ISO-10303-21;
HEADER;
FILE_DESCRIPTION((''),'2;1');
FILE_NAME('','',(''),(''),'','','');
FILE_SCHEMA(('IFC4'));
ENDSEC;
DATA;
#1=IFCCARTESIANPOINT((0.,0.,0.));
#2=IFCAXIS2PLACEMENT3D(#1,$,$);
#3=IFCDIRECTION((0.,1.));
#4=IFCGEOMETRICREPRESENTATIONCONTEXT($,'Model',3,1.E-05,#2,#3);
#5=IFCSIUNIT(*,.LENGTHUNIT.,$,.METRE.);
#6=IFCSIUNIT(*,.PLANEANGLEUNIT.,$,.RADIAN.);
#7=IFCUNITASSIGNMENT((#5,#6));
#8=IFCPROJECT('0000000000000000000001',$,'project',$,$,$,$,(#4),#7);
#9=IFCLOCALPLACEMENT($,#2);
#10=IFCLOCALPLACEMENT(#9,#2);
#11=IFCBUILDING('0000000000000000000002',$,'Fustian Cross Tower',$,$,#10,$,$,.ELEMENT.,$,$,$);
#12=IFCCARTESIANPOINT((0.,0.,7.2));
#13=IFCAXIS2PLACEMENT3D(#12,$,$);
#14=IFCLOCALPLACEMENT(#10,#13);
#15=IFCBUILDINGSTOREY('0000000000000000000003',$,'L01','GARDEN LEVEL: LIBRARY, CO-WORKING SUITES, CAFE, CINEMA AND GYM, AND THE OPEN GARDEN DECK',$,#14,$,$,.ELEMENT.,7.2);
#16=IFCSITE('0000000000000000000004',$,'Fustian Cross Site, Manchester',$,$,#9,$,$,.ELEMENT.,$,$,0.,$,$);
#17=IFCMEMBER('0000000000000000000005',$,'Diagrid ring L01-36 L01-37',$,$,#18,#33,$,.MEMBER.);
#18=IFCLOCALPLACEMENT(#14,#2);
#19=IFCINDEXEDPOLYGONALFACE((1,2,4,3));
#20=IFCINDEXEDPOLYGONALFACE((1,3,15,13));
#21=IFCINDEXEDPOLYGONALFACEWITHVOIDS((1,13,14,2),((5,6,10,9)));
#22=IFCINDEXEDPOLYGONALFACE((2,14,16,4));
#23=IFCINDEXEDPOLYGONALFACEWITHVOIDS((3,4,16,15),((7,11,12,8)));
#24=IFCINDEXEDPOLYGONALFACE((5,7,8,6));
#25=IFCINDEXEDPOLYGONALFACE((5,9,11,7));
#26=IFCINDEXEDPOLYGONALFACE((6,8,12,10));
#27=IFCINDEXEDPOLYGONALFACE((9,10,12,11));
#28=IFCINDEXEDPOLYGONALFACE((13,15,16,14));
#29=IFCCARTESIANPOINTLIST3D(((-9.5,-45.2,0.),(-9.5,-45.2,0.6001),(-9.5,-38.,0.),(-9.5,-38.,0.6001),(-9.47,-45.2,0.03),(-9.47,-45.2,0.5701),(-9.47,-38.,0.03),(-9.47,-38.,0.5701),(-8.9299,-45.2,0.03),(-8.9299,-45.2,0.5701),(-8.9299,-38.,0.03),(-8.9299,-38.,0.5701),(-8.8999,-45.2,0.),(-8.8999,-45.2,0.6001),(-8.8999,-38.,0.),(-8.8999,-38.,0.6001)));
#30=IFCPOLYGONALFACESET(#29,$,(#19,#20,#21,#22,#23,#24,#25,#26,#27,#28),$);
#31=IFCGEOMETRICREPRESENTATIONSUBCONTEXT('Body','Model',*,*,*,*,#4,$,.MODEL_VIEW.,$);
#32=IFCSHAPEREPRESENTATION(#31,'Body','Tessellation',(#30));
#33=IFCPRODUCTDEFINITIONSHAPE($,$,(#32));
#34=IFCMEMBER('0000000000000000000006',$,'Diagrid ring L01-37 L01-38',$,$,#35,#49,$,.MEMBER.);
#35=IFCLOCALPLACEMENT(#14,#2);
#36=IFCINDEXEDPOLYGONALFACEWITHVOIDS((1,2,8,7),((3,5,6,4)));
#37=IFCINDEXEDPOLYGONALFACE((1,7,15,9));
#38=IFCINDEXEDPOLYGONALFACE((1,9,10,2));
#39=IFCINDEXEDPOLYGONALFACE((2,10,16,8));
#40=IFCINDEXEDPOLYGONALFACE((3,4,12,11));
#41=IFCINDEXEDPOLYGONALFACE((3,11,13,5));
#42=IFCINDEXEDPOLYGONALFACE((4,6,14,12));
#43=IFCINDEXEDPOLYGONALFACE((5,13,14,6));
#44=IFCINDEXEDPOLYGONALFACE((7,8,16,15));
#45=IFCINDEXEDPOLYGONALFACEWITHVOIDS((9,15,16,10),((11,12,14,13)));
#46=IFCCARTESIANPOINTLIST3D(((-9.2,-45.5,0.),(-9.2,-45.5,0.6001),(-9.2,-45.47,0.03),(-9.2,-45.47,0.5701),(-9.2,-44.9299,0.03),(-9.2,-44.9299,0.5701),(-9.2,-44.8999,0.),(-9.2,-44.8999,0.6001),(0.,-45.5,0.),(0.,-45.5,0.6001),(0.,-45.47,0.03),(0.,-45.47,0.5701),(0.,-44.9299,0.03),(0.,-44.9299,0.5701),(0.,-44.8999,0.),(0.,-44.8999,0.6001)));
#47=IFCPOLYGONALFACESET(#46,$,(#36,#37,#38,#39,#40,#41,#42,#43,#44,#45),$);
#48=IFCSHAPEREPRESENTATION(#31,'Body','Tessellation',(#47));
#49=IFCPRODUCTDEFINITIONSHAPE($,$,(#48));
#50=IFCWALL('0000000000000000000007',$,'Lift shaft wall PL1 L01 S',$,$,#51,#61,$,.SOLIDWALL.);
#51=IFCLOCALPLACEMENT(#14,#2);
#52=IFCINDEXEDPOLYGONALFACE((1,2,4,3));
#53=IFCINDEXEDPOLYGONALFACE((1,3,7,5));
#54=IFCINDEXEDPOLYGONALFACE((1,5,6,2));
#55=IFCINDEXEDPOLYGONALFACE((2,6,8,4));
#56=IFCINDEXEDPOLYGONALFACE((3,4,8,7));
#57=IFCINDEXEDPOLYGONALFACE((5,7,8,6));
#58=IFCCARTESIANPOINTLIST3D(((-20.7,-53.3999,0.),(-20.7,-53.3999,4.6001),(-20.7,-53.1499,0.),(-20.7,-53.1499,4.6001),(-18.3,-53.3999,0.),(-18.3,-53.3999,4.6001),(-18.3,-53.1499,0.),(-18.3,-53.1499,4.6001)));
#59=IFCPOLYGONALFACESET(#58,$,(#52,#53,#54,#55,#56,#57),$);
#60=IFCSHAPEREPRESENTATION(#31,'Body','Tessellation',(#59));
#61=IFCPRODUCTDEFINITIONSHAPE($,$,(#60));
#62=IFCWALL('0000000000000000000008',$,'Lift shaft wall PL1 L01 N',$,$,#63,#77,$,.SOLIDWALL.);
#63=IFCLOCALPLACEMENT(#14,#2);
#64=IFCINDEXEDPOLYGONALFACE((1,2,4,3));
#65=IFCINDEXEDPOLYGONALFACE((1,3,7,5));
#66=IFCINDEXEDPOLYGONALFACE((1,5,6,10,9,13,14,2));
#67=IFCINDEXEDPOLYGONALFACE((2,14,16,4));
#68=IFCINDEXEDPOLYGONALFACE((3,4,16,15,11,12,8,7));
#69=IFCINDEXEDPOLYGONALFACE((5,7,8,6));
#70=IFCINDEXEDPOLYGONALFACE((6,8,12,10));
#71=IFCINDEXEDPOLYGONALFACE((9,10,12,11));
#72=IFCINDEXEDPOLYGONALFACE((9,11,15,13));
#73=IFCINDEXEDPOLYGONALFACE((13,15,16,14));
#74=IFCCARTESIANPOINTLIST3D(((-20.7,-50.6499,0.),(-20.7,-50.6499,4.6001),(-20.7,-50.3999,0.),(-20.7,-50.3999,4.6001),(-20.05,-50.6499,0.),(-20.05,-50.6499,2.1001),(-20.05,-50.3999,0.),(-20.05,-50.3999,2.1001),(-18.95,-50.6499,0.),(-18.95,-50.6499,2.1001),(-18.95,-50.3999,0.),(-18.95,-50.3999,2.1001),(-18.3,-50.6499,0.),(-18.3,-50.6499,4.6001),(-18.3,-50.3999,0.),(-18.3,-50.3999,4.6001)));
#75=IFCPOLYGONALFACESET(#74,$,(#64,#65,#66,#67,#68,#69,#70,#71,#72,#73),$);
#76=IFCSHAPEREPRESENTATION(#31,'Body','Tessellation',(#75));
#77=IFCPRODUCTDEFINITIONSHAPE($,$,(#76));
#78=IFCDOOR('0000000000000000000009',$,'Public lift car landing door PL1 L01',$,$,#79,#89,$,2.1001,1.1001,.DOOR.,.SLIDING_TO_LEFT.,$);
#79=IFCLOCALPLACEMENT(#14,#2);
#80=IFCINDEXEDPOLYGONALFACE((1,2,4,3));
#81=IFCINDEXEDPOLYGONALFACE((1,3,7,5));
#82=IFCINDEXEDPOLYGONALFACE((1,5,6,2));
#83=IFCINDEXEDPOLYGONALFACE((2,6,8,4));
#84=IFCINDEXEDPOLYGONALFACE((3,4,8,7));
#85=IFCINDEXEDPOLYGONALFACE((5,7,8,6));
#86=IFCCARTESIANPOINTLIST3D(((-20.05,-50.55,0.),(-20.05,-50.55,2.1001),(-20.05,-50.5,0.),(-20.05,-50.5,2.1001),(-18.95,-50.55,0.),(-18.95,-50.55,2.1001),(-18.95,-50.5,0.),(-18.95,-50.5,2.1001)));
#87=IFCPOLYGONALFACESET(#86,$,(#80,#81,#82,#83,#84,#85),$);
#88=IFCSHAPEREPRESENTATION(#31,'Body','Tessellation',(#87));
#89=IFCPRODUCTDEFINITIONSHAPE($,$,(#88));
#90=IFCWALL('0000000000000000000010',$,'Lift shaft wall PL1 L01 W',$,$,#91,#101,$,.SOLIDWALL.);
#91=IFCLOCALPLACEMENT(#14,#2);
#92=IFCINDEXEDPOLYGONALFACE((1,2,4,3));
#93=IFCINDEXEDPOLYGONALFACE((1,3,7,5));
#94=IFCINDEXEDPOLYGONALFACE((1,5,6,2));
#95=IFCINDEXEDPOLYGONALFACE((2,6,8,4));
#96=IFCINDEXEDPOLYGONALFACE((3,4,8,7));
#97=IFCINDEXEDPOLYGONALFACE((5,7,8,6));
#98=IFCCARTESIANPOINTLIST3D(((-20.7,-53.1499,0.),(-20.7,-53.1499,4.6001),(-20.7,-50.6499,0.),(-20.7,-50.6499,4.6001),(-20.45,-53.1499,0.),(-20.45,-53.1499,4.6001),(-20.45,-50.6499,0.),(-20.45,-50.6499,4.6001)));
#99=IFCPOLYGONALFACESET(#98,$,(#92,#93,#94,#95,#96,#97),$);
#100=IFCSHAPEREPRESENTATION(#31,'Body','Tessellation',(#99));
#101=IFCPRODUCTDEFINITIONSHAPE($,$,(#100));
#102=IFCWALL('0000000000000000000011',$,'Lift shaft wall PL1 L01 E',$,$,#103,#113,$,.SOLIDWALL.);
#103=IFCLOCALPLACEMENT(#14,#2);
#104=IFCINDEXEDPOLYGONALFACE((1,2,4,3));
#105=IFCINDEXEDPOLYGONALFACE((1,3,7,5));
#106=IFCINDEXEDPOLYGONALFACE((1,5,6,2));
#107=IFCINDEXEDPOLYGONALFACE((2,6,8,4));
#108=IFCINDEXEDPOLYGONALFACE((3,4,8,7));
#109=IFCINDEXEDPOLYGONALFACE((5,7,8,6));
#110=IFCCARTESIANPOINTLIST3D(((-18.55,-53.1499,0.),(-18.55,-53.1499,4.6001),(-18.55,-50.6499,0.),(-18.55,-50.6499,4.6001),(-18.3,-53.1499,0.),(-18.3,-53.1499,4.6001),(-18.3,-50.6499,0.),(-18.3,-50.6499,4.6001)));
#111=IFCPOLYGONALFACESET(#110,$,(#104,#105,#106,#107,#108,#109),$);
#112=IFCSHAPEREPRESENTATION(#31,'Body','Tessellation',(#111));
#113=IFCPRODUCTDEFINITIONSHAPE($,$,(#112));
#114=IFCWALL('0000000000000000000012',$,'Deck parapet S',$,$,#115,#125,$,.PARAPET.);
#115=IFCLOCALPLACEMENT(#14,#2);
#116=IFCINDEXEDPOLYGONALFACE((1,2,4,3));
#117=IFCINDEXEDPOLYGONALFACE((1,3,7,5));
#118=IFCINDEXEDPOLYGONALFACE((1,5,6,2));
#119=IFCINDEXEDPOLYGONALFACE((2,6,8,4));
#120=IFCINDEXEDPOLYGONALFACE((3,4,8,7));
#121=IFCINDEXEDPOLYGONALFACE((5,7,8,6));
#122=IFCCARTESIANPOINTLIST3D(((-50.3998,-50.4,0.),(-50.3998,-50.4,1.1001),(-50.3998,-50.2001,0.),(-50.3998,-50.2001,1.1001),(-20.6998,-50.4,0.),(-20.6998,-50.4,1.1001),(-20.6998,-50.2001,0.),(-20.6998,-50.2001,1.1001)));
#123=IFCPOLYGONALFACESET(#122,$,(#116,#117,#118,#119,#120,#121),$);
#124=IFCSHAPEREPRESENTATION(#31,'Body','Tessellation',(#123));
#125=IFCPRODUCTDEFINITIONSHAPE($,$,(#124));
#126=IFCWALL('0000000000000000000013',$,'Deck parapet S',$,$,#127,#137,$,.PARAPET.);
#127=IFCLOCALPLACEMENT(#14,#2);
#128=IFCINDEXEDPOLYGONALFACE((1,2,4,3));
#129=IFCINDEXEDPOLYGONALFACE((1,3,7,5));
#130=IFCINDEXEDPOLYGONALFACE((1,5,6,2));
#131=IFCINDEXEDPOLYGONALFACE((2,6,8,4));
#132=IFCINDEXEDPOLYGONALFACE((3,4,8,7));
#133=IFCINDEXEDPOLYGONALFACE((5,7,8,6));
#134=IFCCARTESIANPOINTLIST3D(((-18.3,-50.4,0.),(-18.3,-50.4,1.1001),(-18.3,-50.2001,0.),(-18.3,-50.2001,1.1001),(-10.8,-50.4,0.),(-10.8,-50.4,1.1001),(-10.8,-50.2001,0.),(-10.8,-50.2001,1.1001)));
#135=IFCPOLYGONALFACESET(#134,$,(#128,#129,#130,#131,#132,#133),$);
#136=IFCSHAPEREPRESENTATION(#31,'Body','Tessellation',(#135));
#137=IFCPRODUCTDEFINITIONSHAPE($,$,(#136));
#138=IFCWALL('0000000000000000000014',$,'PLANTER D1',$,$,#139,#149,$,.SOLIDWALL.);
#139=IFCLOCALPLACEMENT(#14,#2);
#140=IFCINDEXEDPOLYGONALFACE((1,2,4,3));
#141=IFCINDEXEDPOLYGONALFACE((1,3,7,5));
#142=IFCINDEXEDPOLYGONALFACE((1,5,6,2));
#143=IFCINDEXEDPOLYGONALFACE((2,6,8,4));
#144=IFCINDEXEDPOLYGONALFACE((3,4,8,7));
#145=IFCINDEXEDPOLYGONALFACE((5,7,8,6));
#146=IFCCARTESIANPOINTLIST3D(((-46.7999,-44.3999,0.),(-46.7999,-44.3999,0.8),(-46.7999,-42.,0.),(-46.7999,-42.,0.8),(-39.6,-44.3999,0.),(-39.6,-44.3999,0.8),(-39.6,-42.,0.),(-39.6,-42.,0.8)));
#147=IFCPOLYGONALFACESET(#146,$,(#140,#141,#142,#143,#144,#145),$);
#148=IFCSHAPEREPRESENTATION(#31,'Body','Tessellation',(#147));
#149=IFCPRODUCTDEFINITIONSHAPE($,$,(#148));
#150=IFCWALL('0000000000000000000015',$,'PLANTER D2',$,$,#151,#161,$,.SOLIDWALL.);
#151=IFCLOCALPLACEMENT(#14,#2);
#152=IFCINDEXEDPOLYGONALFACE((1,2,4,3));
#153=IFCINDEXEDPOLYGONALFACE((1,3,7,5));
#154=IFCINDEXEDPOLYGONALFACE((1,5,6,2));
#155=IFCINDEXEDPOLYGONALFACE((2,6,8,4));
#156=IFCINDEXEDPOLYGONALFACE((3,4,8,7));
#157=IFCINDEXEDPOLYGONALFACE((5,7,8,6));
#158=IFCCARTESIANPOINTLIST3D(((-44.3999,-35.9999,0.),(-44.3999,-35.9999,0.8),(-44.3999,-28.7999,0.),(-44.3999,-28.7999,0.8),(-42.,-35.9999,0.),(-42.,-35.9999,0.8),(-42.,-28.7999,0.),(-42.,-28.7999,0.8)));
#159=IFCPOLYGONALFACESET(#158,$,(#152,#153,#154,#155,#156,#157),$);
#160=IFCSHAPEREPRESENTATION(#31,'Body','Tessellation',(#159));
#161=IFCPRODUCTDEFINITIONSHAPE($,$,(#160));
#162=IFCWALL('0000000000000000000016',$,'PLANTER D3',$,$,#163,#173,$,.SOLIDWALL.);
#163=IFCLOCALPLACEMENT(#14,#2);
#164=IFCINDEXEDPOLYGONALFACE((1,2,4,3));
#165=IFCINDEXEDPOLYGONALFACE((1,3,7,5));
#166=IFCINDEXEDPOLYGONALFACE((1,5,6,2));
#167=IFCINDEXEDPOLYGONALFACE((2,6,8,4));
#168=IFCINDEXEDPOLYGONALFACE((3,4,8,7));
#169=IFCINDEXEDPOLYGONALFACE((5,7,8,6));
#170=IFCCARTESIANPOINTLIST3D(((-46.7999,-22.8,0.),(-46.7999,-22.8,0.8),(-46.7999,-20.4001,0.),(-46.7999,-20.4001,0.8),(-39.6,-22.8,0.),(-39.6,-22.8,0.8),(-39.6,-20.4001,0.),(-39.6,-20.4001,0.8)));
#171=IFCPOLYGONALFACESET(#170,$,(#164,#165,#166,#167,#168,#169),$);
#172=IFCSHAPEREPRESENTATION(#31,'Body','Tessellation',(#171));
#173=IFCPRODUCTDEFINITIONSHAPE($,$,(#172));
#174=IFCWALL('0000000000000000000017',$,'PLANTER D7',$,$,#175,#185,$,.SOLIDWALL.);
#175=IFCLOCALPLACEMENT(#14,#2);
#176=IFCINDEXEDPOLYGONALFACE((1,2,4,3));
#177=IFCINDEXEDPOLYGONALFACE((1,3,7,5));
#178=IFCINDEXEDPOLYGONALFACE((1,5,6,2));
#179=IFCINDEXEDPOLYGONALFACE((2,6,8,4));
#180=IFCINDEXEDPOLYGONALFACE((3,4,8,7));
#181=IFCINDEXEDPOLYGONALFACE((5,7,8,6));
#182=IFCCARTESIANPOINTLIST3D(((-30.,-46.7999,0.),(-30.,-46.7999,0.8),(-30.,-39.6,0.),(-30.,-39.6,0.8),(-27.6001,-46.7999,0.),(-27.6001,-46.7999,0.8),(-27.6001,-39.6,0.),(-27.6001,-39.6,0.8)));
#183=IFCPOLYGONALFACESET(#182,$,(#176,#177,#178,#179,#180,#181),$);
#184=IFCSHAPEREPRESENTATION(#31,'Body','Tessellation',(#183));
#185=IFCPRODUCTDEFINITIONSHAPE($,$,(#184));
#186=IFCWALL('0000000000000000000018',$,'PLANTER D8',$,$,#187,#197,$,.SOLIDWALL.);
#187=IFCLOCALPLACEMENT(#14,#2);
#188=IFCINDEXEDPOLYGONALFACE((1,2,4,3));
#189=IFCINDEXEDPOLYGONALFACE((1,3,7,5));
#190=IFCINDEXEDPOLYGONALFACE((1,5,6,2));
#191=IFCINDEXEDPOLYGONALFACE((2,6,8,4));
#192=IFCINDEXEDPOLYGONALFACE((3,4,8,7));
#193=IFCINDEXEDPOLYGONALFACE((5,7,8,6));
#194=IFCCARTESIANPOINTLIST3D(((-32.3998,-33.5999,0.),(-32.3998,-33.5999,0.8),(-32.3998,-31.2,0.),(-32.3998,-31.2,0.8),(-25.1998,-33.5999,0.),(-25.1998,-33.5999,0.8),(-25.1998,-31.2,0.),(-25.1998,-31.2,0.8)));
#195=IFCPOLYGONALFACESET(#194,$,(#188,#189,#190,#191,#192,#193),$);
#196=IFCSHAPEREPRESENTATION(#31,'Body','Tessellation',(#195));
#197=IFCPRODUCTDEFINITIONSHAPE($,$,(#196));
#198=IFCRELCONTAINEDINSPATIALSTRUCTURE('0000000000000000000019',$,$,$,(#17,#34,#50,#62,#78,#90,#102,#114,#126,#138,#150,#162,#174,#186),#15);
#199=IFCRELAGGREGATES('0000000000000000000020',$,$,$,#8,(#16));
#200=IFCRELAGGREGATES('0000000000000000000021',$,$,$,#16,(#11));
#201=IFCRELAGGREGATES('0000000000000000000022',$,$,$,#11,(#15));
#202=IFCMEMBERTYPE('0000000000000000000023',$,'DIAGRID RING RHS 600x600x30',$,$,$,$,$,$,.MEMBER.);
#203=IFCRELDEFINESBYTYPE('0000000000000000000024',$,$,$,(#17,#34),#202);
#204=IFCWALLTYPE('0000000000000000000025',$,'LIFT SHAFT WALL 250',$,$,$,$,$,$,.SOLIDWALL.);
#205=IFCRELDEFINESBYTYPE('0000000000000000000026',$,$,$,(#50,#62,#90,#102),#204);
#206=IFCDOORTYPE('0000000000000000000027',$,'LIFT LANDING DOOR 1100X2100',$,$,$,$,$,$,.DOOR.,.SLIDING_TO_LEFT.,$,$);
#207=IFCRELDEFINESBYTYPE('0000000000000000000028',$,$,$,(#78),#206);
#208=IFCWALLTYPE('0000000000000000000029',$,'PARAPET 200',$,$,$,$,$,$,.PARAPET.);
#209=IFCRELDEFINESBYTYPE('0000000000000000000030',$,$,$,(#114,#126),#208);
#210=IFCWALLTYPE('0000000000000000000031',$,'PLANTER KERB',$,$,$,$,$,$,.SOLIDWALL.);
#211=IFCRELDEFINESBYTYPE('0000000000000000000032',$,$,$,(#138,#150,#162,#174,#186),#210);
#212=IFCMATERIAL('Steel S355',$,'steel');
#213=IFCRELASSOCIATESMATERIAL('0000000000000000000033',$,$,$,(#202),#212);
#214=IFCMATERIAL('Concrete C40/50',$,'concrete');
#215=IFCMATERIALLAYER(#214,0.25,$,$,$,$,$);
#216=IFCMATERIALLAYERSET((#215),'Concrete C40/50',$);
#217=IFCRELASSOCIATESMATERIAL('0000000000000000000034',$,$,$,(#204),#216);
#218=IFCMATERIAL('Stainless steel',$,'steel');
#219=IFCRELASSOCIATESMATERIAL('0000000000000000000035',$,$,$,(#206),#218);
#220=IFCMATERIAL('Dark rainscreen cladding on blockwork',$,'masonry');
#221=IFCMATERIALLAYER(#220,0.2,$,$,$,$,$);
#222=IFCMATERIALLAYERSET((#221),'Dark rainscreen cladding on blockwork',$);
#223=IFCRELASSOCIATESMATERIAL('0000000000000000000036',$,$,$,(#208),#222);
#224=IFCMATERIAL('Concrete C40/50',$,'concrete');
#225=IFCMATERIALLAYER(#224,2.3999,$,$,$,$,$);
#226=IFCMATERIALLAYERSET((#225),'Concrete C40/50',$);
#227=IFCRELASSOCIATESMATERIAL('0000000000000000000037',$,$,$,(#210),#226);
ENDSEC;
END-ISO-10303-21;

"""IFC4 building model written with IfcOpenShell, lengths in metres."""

from ifc_helpers import new_model, si_unit, direction, frame, frame_2d, origin, origin_2d, place, context, subcontext, project, spatial, rectangle, hollow_rectangle, extrude, material, layer, layer_set, material_profile, profile_set, type_object, element, fill, save


model = new_model("IFC4")

# Units and contexts
model_context = context("Model", 3, precision=1e-05, world=origin(), true_north=direction((0.0, 1.0)))
body_context = subcontext(model_context, "Body", "Model", "MODEL_VIEW")
ifc_project = project(units=[si_unit("LENGTHUNIT", "METRE"), si_unit("PLANEANGLEUNIT", "RADIAN")], contexts=[model_context])

# Site, building, storey
site_placement = place(None, origin())
site = spatial("IfcSite", under=ifc_project, at=site_placement, Name="Fustian Cross Site, Manchester", CompositionType="ELEMENT", RefElevation=0.0)
building_placement = place(site_placement, origin())
building = spatial("IfcBuilding", under=site, at=building_placement, Name="Fustian Cross Tower", CompositionType="ELEMENT")
storey_placement = place(building_placement, frame((0.0, 0.0, 7.2)))
storey = spatial("IfcBuildingStorey", under=building, at=storey_placement, Name="L01", Description="GARDEN LEVEL: LIBRARY, CO-WORKING SUITES, CAFE, CINEMA AND GYM, AND THE OPEN GARDEN DECK", CompositionType="ELEMENT", Elevation=7.2)

# Members
ifc_material_1 = material(Name="Steel S355", Category="steel")
ifc_material_profile_1 = material_profile(ifc_material_1, hollow_rectangle(XDim=0.6001, YDim=0.6001, WallThickness=0.03, at=origin_2d()), Name="RHS 600x600x30")
ifc_profile_set_1 = profile_set([ifc_material_profile_1], Name="Steel S355")
member_type_1 = type_object("IfcMemberType", Name="DIAGRID RING RHS 600x600x30", PredefinedType="MEMBER", material=ifc_profile_set_1)
for number, where, z_axis, x_axis, name in (
    (1, (-9.2, -38.0, 0.3), (0.0, -1.0, 0.0), (1.0, 0.0, 0.0), "Diagrid ring L01-36 L01-37"),
):
    element("IfcMember", number, at=place(storey_placement, frame(where, z_axis=z_axis, x_axis=x_axis)), inside=storey, type_object=member_type_1, Name=name, PredefinedType="MEMBER", context=body_context, shape_type="SweptSolid", body=[
        extrude(hollow_rectangle(XDim=0.6001, YDim=0.6001, WallThickness=0.03, at=origin_2d()), origin(), (0.0, 0.0, 1.0), 7.2),
    ])
member_1_placement = place(storey_placement, frame((-9.2, -45.2, 0.3), z_axis=(1.0, 0.0, 0.0), x_axis=(0.0, 1.0, 0.0)))
element("IfcMember", 2, at=member_1_placement, inside=storey, type_object=member_type_1, Name="Diagrid ring L01-37 L01-38", PredefinedType="MEMBER", context=body_context, shape_type="SweptSolid", body=[
    extrude(hollow_rectangle(XDim=0.6001, YDim=0.6001, WallThickness=0.03, at=origin_2d()), origin(), (0.0, 0.0, 1.0), 9.2),
])

# Wall
ifc_material_2 = material(Name="Concrete C40/50", Category="concrete")
ifc_layer_1 = layer(ifc_material_2, 0.25)
ifc_layer_set_1 = layer_set([ifc_layer_1], Name="Concrete C40/50")
wall_type_1 = type_object("IfcWallType", Name="LIFT SHAFT WALL 250", PredefinedType="SOLIDWALL", material=ifc_layer_set_1)
wall_1_placement = place(storey_placement, frame((-20.7, -53.2749, 0.0), z_axis=(0.0, 0.0, 1.0), x_axis=(1.0, 0.0, 0.0)))
element("IfcWall", 3, at=wall_1_placement, inside=storey, type_object=wall_type_1, Name="Lift shaft wall PL1 L01 S", PredefinedType="SOLIDWALL", context=body_context, shape_type="SweptSolid", body=[
    extrude(rectangle(XDim=2.3999, YDim=0.25, at=frame_2d((1.2, 0.0))), origin(), (0.0, 0.0, 1.0), 4.6001),
])

# Wall, opening, door
wall_2_placement = place(storey_placement, frame((-20.7, -50.5249, 0.0), z_axis=(0.0, 0.0, 1.0), x_axis=(1.0, 0.0, 0.0)))
wall_2 = element("IfcWall", 4, at=wall_2_placement, inside=storey, type_object=wall_type_1, Name="Lift shaft wall PL1 L01 N", PredefinedType="SOLIDWALL", context=body_context, shape_type="SweptSolid", body=[
    extrude(rectangle(XDim=2.3999, YDim=0.25, at=frame_2d((1.2, 0.0))), origin(), (0.0, 0.0, 1.0), 4.6001),
])
opening_placement = place(wall_2_placement, frame((0.6499, 0.0, 0.0)))
opening = element("IfcOpeningElement", 5, at=opening_placement, cuts=wall_2, PredefinedType="OPENING", context=body_context, shape_type="SweptSolid", body=[
    extrude(rectangle(XDim=1.1001, YDim=2.1001, at=frame_2d((0.55, 1.05))), frame((0.0, 0.135, 0.0), z_axis=(0.0, -1.0, 0.0), x_axis=(1.0, 0.0, 0.0)), (0.0, 0.0, 1.0), 0.27),
])
ifc_material_3 = material(Name="Stainless steel", Category="steel")
door_type = type_object("IfcDoorType", Name="LIFT LANDING DOOR 1100X2100", OperationType="SLIDING_TO_LEFT", PredefinedType="DOOR", material=ifc_material_3)
door_placement = place(opening_placement, origin())
door = element("IfcDoor", 6, at=door_placement, inside=storey, type_object=door_type, Name="Public lift car landing door PL1 L01", OperationType="SLIDING_TO_LEFT", OverallHeight=2.1001, OverallWidth=1.1001, PredefinedType="DOOR", context=body_context, shape_type="SweptSolid", body=[
    extrude(rectangle(XDim=1.1001, YDim=2.1001, at=frame_2d((0.55, 1.05))), frame((0.0, 0.0249, 0.0), z_axis=(0.0, -1.0, 0.0), x_axis=(1.0, 0.0, 0.0)), (0.0, 0.0, 1.0), 0.05),
])
fill(opening, door)

# Walls
for number, where, z_axis, x_axis, name in (
    (7, (-20.575, -53.1499, 0.0), (0.0, 0.0, 1.0), (0.0, 1.0, 0.0), "Lift shaft wall PL1 L01 W"),
    (8, (-18.425, -53.1499, 0.0), (0.0, 0.0, 1.0), (0.0, 1.0, 0.0), "Lift shaft wall PL1 L01 E"),
):
    element("IfcWall", number, at=place(storey_placement, frame(where, z_axis=z_axis, x_axis=x_axis)), inside=storey, type_object=wall_type_1, Name=name, PredefinedType="SOLIDWALL", context=body_context, shape_type="SweptSolid", body=[
        extrude(rectangle(XDim=2.5, YDim=0.25, at=frame_2d((1.25, 0.0))), origin(), (0.0, 0.0, 1.0), 4.6001),
    ])
ifc_material_4 = material(Name="Dark rainscreen cladding on blockwork", Category="masonry")
ifc_layer_2 = layer(ifc_material_4, 0.2)
ifc_layer_set_2 = layer_set([ifc_layer_2], Name="Dark rainscreen cladding on blockwork")
wall_type_2 = type_object("IfcWallType", Name="PARAPET 200", PredefinedType="PARAPET", material=ifc_layer_set_2)
wall_3_placement = place(storey_placement, frame((-50.3999, -50.3, 0.0), z_axis=(0.0, 0.0, 1.0), x_axis=(1.0, 0.0, 0.0)))
element("IfcWall", 9, at=wall_3_placement, inside=storey, type_object=wall_type_2, Name="Deck parapet S", PredefinedType="PARAPET", context=body_context, shape_type="SweptSolid", body=[
    extrude(rectangle(XDim=29.7, YDim=0.2, at=frame_2d((14.8501, 0.0))), origin(), (0.0, 0.0, 1.0), 1.1001),
])
wall_4_placement = place(storey_placement, frame((-18.3, -50.3, 0.0), z_axis=(0.0, 0.0, 1.0), x_axis=(1.0, 0.0, 0.0)))
element("IfcWall", 10, at=wall_4_placement, inside=storey, type_object=wall_type_2, Name="Deck parapet S", PredefinedType="PARAPET", context=body_context, shape_type="SweptSolid", body=[
    extrude(rectangle(XDim=7.5, YDim=0.2, at=frame_2d((3.75, 0.0))), origin(), (0.0, 0.0, 1.0), 1.1001),
])
ifc_material_5 = material(Name="Concrete C40/50", Category="concrete")
ifc_layer_3 = layer(ifc_material_5, 2.3999)
ifc_layer_set_3 = layer_set([ifc_layer_3], Name="Concrete C40/50")
wall_type_3 = type_object("IfcWallType", Name="PLANTER KERB", PredefinedType="SOLIDWALL", material=ifc_layer_set_3)
for number, where, z_axis, x_axis, name in (
    (11, (-46.8, -43.2, 0.0), (0.0, 0.0, 1.0), (1.0, 0.0, 0.0), "PLANTER D1"),
    (12, (-43.2, -36.0, 0.0), (0.0, 0.0, 1.0), (0.0, 1.0, 0.0), "PLANTER D2"),
    (13, (-46.8, -21.6001, 0.0), (0.0, 0.0, 1.0), (1.0, 0.0, 0.0), "PLANTER D3"),
    (14, (-28.8, -46.8, 0.0), (0.0, 0.0, 1.0), (0.0, 1.0, 0.0), "PLANTER D7"),
    (15, (-32.3999, -32.3999, 0.0), (0.0, 0.0, 1.0), (1.0, 0.0, 0.0), "PLANTER D8"),
):
    element("IfcWall", number, at=place(storey_placement, frame(where, z_axis=z_axis, x_axis=x_axis)), inside=storey, type_object=wall_type_3, Name=name, PredefinedType="SOLIDWALL", context=body_context, shape_type="SweptSolid", body=[
        extrude(rectangle(XDim=7.2, YDim=2.3999, at=frame_2d((3.6001, 0.0))), origin(), (0.0, 0.0, 1.0), 0.8),
    ])

save(model, "model.ifc")
